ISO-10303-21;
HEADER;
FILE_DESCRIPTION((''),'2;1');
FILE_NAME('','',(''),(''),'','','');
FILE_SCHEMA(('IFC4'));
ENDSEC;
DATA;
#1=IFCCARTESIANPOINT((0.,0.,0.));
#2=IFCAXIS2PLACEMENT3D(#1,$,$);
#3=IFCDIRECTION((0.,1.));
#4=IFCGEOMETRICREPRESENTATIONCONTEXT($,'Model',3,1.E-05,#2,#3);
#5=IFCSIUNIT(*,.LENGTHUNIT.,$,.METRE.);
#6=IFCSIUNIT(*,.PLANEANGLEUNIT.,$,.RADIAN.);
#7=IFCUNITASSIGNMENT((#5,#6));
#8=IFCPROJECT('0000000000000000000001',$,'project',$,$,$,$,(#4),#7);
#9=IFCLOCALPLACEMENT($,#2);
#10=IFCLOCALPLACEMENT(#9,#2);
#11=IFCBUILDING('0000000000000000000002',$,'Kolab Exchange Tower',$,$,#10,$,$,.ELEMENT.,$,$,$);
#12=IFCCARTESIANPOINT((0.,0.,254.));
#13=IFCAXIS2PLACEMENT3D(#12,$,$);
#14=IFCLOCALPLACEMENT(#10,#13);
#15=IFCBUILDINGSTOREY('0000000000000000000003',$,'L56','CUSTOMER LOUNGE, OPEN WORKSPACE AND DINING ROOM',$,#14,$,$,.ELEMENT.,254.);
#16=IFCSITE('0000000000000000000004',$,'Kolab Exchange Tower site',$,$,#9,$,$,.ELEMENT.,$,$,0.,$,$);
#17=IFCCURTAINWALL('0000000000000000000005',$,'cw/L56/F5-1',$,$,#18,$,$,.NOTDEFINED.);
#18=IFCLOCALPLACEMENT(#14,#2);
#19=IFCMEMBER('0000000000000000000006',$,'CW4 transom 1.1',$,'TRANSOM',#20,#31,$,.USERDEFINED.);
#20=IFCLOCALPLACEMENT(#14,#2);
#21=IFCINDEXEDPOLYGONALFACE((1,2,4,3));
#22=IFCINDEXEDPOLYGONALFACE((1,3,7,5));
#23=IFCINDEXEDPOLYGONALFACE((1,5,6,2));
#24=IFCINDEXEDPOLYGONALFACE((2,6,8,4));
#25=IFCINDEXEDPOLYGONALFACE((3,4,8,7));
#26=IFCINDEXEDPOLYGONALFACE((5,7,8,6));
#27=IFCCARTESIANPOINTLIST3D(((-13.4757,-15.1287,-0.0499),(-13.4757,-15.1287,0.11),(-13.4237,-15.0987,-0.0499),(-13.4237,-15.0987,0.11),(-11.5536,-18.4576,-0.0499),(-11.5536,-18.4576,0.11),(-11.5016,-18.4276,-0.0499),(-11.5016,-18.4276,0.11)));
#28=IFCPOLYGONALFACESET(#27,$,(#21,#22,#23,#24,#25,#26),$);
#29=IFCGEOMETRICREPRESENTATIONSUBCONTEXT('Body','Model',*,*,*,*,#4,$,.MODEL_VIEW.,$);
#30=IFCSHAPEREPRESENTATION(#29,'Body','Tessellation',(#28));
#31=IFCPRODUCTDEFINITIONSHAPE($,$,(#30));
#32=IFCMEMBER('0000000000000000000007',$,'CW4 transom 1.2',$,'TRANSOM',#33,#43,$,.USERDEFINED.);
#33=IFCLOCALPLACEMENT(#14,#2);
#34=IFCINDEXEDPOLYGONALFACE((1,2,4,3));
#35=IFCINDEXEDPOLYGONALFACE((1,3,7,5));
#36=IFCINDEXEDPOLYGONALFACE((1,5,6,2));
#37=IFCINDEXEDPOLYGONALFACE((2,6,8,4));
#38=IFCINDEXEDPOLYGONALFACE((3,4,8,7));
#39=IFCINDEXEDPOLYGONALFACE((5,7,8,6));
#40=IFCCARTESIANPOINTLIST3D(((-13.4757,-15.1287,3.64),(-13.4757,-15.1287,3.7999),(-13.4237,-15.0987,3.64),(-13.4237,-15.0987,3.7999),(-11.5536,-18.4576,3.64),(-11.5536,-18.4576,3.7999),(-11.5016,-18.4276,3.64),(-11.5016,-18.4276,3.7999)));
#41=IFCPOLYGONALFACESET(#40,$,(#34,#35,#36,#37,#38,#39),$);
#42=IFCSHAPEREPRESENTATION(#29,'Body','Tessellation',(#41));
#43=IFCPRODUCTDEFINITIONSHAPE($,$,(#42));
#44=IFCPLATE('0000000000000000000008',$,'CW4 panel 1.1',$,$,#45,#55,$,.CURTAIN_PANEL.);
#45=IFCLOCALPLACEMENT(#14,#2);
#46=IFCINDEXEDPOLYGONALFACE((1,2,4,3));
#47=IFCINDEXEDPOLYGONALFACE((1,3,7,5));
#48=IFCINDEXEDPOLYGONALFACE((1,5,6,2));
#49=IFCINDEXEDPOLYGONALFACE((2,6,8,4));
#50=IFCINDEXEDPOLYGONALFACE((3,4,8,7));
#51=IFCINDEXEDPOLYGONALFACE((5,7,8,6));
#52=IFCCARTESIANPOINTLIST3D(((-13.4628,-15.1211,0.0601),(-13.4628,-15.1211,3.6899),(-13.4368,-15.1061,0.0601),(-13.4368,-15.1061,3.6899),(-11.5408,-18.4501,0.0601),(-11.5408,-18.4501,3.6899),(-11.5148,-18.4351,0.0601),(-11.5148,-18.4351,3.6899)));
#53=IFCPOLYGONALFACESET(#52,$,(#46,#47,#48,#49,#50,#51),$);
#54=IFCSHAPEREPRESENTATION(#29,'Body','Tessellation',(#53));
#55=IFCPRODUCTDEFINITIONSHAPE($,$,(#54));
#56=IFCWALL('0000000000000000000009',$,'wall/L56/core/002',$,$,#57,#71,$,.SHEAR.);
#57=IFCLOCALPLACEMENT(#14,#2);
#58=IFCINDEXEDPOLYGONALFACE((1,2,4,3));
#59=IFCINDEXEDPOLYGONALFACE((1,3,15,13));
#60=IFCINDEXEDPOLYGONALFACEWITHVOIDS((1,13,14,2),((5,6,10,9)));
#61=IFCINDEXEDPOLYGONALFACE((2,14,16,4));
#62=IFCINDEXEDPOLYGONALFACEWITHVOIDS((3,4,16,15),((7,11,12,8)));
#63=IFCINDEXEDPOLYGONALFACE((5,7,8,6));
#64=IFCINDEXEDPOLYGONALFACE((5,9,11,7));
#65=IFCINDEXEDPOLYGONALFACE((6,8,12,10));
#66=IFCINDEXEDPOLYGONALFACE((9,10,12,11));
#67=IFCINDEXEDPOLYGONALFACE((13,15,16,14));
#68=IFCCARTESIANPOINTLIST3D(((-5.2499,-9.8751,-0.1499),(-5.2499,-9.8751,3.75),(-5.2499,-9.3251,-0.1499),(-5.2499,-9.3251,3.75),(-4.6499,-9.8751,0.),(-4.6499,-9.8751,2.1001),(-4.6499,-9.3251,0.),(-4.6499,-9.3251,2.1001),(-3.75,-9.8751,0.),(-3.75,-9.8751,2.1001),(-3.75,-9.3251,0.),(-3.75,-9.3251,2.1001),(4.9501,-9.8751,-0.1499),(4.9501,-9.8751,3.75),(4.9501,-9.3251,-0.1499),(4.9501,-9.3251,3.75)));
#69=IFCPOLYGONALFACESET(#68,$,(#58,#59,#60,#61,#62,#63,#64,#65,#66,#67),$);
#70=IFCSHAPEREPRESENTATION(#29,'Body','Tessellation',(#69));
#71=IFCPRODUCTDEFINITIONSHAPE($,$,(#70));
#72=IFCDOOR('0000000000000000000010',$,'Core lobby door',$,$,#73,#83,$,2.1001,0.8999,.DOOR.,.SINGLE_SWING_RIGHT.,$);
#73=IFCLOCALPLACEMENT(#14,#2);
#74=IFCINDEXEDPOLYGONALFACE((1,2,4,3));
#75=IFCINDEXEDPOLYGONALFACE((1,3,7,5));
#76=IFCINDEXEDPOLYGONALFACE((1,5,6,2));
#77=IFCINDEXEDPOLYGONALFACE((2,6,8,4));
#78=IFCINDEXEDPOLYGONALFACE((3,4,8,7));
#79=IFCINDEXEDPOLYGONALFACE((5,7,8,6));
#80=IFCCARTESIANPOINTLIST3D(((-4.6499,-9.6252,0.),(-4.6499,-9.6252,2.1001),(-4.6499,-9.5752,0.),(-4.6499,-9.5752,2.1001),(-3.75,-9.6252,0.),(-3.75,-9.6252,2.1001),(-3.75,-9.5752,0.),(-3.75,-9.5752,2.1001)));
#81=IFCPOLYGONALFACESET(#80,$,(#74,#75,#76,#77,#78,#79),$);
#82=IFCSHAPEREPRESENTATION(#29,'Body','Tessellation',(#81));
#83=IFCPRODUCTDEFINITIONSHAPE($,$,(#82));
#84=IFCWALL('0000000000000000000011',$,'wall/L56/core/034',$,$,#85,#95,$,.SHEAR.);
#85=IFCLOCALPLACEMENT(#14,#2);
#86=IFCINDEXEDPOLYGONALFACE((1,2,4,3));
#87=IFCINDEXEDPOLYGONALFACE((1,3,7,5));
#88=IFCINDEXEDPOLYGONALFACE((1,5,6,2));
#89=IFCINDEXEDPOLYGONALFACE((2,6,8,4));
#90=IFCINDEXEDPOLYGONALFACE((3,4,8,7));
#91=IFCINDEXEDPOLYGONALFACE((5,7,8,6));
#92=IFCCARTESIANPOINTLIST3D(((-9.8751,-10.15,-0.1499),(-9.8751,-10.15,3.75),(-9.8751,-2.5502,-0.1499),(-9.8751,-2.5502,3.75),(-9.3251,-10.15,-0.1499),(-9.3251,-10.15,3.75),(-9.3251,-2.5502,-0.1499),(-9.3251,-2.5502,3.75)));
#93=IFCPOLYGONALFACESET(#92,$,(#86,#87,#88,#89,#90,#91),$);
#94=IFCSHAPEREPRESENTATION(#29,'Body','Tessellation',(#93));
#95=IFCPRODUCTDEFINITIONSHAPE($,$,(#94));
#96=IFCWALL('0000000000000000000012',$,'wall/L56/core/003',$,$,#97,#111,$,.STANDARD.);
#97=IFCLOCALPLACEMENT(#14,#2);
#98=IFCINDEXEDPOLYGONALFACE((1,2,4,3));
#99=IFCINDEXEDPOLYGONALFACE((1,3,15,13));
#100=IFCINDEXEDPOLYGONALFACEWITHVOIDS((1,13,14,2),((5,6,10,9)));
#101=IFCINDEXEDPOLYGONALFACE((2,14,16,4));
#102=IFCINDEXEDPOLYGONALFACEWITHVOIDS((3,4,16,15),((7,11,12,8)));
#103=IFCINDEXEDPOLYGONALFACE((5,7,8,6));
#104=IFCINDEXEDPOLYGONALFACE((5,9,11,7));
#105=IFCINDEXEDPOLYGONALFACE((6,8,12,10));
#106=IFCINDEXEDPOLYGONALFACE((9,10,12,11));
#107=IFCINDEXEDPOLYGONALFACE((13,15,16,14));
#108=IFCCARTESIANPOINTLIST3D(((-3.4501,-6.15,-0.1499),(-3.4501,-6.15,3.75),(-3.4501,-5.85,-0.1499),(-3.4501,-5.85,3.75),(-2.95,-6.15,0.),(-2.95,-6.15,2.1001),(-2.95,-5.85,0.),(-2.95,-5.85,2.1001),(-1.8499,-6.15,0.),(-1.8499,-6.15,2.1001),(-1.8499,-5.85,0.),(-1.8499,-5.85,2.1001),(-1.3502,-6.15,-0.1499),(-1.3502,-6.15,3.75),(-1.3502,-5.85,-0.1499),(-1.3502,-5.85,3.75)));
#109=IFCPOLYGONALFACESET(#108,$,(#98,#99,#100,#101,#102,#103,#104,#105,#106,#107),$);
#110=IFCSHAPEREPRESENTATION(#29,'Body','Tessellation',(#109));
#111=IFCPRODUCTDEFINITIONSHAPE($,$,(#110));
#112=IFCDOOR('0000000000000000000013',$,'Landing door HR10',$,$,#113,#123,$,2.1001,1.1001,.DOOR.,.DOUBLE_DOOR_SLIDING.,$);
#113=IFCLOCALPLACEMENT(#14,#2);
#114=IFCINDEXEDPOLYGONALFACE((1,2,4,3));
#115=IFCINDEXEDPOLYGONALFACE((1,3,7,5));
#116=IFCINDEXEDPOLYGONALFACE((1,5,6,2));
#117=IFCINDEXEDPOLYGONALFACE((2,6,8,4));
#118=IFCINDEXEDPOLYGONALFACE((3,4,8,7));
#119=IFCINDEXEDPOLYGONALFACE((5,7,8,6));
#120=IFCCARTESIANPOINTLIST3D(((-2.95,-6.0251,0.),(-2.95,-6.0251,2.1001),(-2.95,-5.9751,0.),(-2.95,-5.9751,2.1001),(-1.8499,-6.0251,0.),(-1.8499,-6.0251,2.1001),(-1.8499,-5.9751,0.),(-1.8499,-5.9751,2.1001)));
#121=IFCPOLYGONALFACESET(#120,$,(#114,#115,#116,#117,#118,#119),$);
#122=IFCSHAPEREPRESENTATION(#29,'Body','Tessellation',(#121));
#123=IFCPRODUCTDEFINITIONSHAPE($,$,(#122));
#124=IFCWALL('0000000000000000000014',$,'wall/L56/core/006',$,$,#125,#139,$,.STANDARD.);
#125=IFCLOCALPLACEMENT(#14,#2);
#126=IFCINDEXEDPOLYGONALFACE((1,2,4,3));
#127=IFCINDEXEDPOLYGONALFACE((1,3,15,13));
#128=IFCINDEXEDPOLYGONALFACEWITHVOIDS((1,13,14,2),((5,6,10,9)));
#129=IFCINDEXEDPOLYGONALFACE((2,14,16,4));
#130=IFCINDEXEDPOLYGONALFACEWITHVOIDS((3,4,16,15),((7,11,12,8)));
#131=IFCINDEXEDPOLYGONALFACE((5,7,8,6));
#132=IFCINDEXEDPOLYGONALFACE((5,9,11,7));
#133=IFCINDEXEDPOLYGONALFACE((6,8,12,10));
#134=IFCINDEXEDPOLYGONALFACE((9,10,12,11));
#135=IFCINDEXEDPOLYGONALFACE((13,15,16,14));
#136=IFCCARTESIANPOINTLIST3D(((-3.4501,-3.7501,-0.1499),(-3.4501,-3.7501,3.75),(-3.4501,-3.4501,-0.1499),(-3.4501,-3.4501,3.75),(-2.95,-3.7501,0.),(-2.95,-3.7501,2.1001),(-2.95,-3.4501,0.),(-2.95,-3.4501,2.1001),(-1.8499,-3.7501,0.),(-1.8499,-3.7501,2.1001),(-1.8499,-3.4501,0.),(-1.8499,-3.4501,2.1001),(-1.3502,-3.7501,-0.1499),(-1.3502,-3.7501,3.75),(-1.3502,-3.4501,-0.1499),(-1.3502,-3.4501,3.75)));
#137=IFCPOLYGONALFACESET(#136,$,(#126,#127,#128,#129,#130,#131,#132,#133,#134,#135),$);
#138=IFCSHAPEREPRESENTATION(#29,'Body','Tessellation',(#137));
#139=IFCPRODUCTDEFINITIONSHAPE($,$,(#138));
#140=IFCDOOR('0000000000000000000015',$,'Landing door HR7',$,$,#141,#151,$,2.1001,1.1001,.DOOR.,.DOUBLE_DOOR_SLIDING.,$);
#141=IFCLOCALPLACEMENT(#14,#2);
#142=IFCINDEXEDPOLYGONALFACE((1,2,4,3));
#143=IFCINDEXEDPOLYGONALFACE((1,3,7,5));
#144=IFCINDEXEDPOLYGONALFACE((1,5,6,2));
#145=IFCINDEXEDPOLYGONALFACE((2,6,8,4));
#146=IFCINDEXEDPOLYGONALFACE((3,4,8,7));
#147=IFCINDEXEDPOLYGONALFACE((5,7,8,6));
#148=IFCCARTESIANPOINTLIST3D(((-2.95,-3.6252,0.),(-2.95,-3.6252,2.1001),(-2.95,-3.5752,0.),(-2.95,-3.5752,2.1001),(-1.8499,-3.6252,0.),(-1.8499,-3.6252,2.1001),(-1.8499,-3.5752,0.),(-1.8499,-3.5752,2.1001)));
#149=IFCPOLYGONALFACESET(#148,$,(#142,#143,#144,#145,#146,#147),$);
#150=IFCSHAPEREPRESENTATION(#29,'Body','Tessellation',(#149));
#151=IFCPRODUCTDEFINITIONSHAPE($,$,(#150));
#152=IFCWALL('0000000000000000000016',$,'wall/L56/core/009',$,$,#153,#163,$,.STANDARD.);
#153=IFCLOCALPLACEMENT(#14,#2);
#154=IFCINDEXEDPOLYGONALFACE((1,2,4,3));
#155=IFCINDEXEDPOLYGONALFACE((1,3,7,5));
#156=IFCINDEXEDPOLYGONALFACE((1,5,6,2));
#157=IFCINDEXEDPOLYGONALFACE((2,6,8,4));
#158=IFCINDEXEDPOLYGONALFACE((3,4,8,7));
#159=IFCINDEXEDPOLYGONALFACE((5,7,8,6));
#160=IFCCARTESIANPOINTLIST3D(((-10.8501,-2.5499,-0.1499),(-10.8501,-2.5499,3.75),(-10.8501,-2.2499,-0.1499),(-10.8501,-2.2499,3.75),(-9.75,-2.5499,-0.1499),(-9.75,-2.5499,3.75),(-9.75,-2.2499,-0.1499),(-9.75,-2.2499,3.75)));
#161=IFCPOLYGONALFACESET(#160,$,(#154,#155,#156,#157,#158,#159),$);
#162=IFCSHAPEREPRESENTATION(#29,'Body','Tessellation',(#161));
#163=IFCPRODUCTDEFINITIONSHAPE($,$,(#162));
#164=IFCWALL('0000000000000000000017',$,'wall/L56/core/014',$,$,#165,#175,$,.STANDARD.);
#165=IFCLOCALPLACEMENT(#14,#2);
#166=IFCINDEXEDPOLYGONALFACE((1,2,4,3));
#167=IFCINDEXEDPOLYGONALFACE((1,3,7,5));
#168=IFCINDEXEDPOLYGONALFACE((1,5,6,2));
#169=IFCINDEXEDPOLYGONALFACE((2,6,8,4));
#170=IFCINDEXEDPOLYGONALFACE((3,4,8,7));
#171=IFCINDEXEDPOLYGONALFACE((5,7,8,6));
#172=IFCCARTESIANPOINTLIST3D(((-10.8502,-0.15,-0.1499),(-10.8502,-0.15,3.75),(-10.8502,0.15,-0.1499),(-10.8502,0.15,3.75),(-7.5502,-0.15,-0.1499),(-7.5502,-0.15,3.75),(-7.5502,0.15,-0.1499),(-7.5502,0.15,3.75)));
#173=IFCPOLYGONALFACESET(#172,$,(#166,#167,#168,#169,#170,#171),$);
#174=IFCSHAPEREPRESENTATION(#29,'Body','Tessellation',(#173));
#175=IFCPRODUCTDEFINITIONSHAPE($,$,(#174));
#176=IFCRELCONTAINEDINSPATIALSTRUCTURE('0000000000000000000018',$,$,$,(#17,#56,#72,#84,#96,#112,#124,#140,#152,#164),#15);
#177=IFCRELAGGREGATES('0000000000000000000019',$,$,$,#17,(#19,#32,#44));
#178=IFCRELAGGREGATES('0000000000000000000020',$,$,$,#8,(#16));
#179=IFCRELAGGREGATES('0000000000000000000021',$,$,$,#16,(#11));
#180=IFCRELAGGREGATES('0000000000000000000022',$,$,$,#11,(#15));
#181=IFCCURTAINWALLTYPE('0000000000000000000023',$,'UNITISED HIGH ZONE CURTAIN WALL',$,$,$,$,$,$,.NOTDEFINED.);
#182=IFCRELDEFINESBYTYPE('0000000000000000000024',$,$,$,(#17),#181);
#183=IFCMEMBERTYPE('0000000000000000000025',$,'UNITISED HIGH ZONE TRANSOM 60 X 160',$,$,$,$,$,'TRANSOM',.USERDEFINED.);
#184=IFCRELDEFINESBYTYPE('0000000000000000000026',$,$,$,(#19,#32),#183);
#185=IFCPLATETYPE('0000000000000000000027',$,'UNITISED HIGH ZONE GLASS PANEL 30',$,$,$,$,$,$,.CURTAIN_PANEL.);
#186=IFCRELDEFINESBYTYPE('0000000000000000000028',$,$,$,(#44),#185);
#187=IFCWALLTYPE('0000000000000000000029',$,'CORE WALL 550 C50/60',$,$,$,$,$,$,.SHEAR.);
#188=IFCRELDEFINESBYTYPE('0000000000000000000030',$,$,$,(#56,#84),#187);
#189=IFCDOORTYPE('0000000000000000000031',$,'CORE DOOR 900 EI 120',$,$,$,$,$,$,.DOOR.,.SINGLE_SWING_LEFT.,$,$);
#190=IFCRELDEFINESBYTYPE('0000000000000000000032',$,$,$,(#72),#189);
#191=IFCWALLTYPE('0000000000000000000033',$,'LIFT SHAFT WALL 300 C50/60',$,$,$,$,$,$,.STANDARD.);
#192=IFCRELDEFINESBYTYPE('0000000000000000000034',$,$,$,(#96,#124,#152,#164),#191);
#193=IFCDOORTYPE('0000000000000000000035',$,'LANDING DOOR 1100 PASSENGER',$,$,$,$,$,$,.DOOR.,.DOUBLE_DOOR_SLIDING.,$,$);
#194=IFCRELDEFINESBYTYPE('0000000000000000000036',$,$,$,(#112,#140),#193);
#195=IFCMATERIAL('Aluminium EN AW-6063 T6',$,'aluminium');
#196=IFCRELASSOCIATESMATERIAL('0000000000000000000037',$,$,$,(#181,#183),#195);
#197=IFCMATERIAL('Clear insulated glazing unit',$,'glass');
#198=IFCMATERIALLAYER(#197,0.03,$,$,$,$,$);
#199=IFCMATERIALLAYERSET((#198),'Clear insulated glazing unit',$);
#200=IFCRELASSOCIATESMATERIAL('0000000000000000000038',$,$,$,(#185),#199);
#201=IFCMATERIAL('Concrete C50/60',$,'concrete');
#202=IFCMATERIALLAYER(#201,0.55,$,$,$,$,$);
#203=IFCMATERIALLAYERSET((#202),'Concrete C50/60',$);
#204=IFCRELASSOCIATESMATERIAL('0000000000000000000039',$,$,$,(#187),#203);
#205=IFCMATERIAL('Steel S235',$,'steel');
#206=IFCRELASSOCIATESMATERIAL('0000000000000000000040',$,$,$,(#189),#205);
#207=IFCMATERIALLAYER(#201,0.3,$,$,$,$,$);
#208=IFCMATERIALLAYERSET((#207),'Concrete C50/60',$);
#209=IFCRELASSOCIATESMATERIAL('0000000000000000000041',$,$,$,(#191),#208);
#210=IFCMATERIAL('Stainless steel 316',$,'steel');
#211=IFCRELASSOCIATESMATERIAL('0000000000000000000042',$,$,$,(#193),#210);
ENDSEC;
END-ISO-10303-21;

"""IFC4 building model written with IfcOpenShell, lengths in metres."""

from ifc_helpers import new_model, si_unit, direction, frame, frame_2d, origin, origin_2d, place, context, subcontext, project, spatial, rectangle, extrude, material, layer, layer_set, material_profile, profile_set, type_object, element, fill, aggregate, save


model = new_model("IFC4")

# Units and contexts
model_context = context("Model", 3, precision=1e-05, world=origin(), true_north=direction((0.0, 1.0)))
body_context = subcontext(model_context, "Body", "Model", "MODEL_VIEW")
ifc_project = project(units=[si_unit("LENGTHUNIT", "METRE"), si_unit("PLANEANGLEUNIT", "RADIAN")], contexts=[model_context])

# Site, building, storey
site_placement = place(None, origin())
site = spatial("IfcSite", under=ifc_project, at=site_placement, Name="Kolab Exchange Tower site", CompositionType="ELEMENT", RefElevation=0.0)
building_placement = place(site_placement, origin())
building = spatial("IfcBuilding", under=site, at=building_placement, Name="Kolab Exchange Tower", CompositionType="ELEMENT")
storey_placement = place(building_placement, frame((0.0, 0.0, 254.0)))
storey = spatial("IfcBuildingStorey", under=building, at=storey_placement, Name="L56", Description="CUSTOMER LOUNGE, OPEN WORKSPACE AND DINING ROOM", CompositionType="ELEMENT", Elevation=254.0)

# Curtain wall, members, plate
ifc_material_1 = material(Name="Aluminium EN AW-6063 T6", Category="aluminium")
curtain_wall_type = type_object("IfcCurtainWallType", Name="UNITISED HIGH ZONE CURTAIN WALL", PredefinedType="NOTDEFINED", material=ifc_material_1)
curtain_wall_placement = place(storey_placement, origin())
curtain_wall = element("IfcCurtainWall", 1, at=curtain_wall_placement, inside=storey, type_object=curtain_wall_type, Name="cw/L56/F5-1", PredefinedType="NOTDEFINED")
ifc_material_profile = material_profile(ifc_material_1, rectangle(XDim=0.0601, YDim=0.1599, at=origin_2d()), Name="RECT 60X160")
ifc_profile_set = profile_set([ifc_material_profile], Name="Aluminium EN AW-6063 T6")
member_type = type_object("IfcMemberType", Name="UNITISED HIGH ZONE TRANSOM 60 X 160", ElementType="TRANSOM", PredefinedType="USERDEFINED", material=ifc_profile_set)
member_1_placement = place(storey_placement, frame((-11.5276, -18.4426, 0.03), z_axis=(-0.500039, 0.866003, 0.0), x_axis=(-0.866003, -0.500039, 0.0)))
member_1 = element("IfcMember", 2, at=member_1_placement, type_object=member_type, Name="CW4 transom 1.1", ObjectType="TRANSOM", PredefinedType="USERDEFINED", context=body_context, shape_type="SweptSolid", body=[
    extrude(rectangle(XDim=0.0601, YDim=0.1599, at=origin_2d()), origin(), (0.0, 0.0, 1.0), 3.844),
])
member_2_placement = place(storey_placement, frame((-11.5276, -18.4426, 3.72), z_axis=(-0.500039, 0.866003, 0.0), x_axis=(-0.866003, -0.500039, 0.0)))
member_2 = element("IfcMember", 3, at=member_2_placement, type_object=member_type, Name="CW4 transom 1.2", ObjectType="TRANSOM", PredefinedType="USERDEFINED", context=body_context, shape_type="SweptSolid", body=[
    extrude(rectangle(XDim=0.0601, YDim=0.1599, at=origin_2d()), origin(), (0.0, 0.0, 1.0), 3.844),
])
ifc_material_2 = material(Name="Clear insulated glazing unit", Category="glass")
ifc_layer_1 = layer(ifc_material_2, 0.03)
ifc_layer_set_1 = layer_set([ifc_layer_1], Name="Clear insulated glazing unit")
plate_type = type_object("IfcPlateType", Name="UNITISED HIGH ZONE GLASS PANEL 30", PredefinedType="CURTAIN_PANEL", material=ifc_layer_set_1)
plate_placement = place(storey_placement, frame((-12.4888, -16.7781, 0.0601), z_axis=(0.0, 0.0, 1.0), x_axis=(-0.5, 0.866025, 0.0)))
plate = element("IfcPlate", 4, at=plate_placement, type_object=plate_type, Name="CW4 panel 1.1", PredefinedType="CURTAIN_PANEL", context=body_context, shape_type="SweptSolid", body=[
    extrude(rectangle(XDim=3.844, YDim=0.03, at=origin_2d()), origin(), (0.0, 0.0, 1.0), 3.6299),
])
aggregate(curtain_wall, [member_1, member_2, plate])

# Wall, opening, door
ifc_material_3 = material(Name="Concrete C50/60", Category="concrete")
ifc_layer_2 = layer(ifc_material_3, 0.55)
ifc_layer_set_2 = layer_set([ifc_layer_2], Name="Concrete C50/60")
wall_type_1 = type_object("IfcWallType", Name="CORE WALL 550 C50/60", PredefinedType="SHEAR", material=ifc_layer_set_2)
wall_1_placement = place(storey_placement, frame((-5.25, -9.6001, -0.1499), z_axis=(0.0, 0.0, 1.0), x_axis=(1.0, 0.0, 0.0)))
wall_1 = element("IfcWall", 5, at=wall_1_placement, inside=storey, type_object=wall_type_1, Name="wall/L56/core/002", PredefinedType="SHEAR", context=body_context, shape_type="SweptSolid", body=[
    extrude(rectangle(XDim=10.2, YDim=0.55, at=frame_2d((5.1001, 0.0))), origin(), (0.0, 0.0, 1.0), 3.8999),
])
opening_1_placement = place(wall_1_placement, frame((0.6001, 0.0, 0.1499)))
opening_1 = element("IfcOpeningElement", 6, at=opening_1_placement, cuts=wall_1, PredefinedType="OPENING", context=body_context, shape_type="SweptSolid", body=[
    extrude(rectangle(XDim=0.8999, YDim=2.1001, at=frame_2d((0.45, 1.05))), frame((0.0, 0.2852, 0.0), z_axis=(0.0, -1.0, 0.0), x_axis=(1.0, 0.0, 0.0)), (0.0, 0.0, 1.0), 0.5701),
])
ifc_material_4 = material(Name="Steel S235", Category="steel")
door_type_1 = type_object("IfcDoorType", Name="CORE DOOR 900 EI 120", OperationType="SINGLE_SWING_LEFT", PredefinedType="DOOR", material=ifc_material_4)
door_1_placement = place(opening_1_placement, origin())
door_1 = element("IfcDoor", 7, at=door_1_placement, inside=storey, type_object=door_type_1, Name="Core lobby door", OperationType="SINGLE_SWING_RIGHT", OverallHeight=2.1001, OverallWidth=0.8999, PredefinedType="DOOR", context=body_context, shape_type="SweptSolid", body=[
    extrude(rectangle(XDim=0.8999, YDim=2.1001, at=frame_2d((0.45, 1.05))), frame((0.0, 0.0249, 0.0), z_axis=(0.0, -1.0, 0.0), x_axis=(1.0, 0.0, 0.0)), (0.0, 0.0, 1.0), 0.05),
])
fill(opening_1, door_1)

# Wall
wall_2_placement = place(storey_placement, frame((-9.6001, -10.1499, -0.1499), z_axis=(0.0, 0.0, 1.0), x_axis=(0.0, 1.0, 0.0)))
element("IfcWall", 8, at=wall_2_placement, inside=storey, type_object=wall_type_1, Name="wall/L56/core/034", PredefinedType="SHEAR", context=body_context, shape_type="SweptSolid", body=[
    extrude(rectangle(XDim=7.5999, YDim=0.55, at=frame_2d((3.7998, 0.0))), origin(), (0.0, 0.0, 1.0), 3.8999),
])

# Walls, openings, doors
ifc_layer_3 = layer(ifc_material_3, 0.3)
ifc_layer_set_3 = layer_set([ifc_layer_3], Name="Concrete C50/60")
wall_type_2 = type_object("IfcWallType", Name="LIFT SHAFT WALL 300 C50/60", PredefinedType="STANDARD", material=ifc_layer_set_3)
wall_3_placement = place(storey_placement, frame((-3.45, -6.0, -0.1499), z_axis=(0.0, 0.0, 1.0), x_axis=(1.0, 0.0, 0.0)))
wall_3 = element("IfcWall", 9, at=wall_3_placement, inside=storey, type_object=wall_type_2, Name="wall/L56/core/003", PredefinedType="STANDARD", context=body_context, shape_type="SweptSolid", body=[
    extrude(rectangle(XDim=2.0999, YDim=0.3, at=frame_2d((1.0498, 0.0))), origin(), (0.0, 0.0, 1.0), 3.8999),
])
opening_2_placement = place(wall_3_placement, frame((0.5, 0.0, 0.1499)))
opening_2 = element("IfcOpeningElement", 10, at=opening_2_placement, cuts=wall_3, PredefinedType="OPENING", context=body_context, shape_type="SweptSolid", body=[
    extrude(rectangle(XDim=1.1001, YDim=2.1001, at=frame_2d((0.55, 1.05))), frame((0.0, 0.1602, 0.0), z_axis=(0.0, -1.0, 0.0), x_axis=(1.0, 0.0, 0.0)), (0.0, 0.0, 1.0), 0.3201),
])
ifc_material_5 = material(Name="Stainless steel 316", Category="steel")
door_type_2 = type_object("IfcDoorType", Name="LANDING DOOR 1100 PASSENGER", OperationType="DOUBLE_DOOR_SLIDING", PredefinedType="DOOR", material=ifc_material_5)
door_2_placement = place(opening_2_placement, origin())
door_2 = element("IfcDoor", 11, at=door_2_placement, inside=storey, type_object=door_type_2, Name="Landing door HR10", OperationType="DOUBLE_DOOR_SLIDING", OverallHeight=2.1001, OverallWidth=1.1001, PredefinedType="DOOR", context=body_context, shape_type="SweptSolid", body=[
    extrude(rectangle(XDim=1.1001, YDim=2.1001, at=frame_2d((0.55, 1.05))), frame((0.0, 0.0249, 0.0), z_axis=(0.0, -1.0, 0.0), x_axis=(1.0, 0.0, 0.0)), (0.0, 0.0, 1.0), 0.05),
])
fill(opening_2, door_2)
wall_4_placement = place(storey_placement, frame((-3.45, -3.6001, -0.1499), z_axis=(0.0, 0.0, 1.0), x_axis=(1.0, 0.0, 0.0)))
wall_4 = element("IfcWall", 12, at=wall_4_placement, inside=storey, type_object=wall_type_2, Name="wall/L56/core/006", PredefinedType="STANDARD", context=body_context, shape_type="SweptSolid", body=[
    extrude(rectangle(XDim=2.0999, YDim=0.3, at=frame_2d((1.0498, 0.0))), origin(), (0.0, 0.0, 1.0), 3.8999),
])
opening_3_placement = place(wall_4_placement, frame((0.5, 0.0, 0.1499)))
opening_3 = element("IfcOpeningElement", 13, at=opening_3_placement, cuts=wall_4, PredefinedType="OPENING", context=body_context, shape_type="SweptSolid", body=[
    extrude(rectangle(XDim=1.1001, YDim=2.1001, at=frame_2d((0.55, 1.05))), frame((0.0, 0.1602, 0.0), z_axis=(0.0, -1.0, 0.0), x_axis=(1.0, 0.0, 0.0)), (0.0, 0.0, 1.0), 0.3201),
])
door_3_placement = place(opening_3_placement, origin())
door_3 = element("IfcDoor", 14, at=door_3_placement, inside=storey, type_object=door_type_2, Name="Landing door HR7", OperationType="DOUBLE_DOOR_SLIDING", OverallHeight=2.1001, OverallWidth=1.1001, PredefinedType="DOOR", context=body_context, shape_type="SweptSolid", body=[
    extrude(rectangle(XDim=1.1001, YDim=2.1001, at=frame_2d((0.55, 1.05))), frame((0.0, 0.0249, 0.0), z_axis=(0.0, -1.0, 0.0), x_axis=(1.0, 0.0, 0.0)), (0.0, 0.0, 1.0), 0.05),
])
fill(opening_3, door_3)

# Walls
wall_5_placement = place(storey_placement, frame((-10.8501, -2.3999, -0.1499), z_axis=(0.0, 0.0, 1.0), x_axis=(1.0, 0.0, 0.0)))
element("IfcWall", 15, at=wall_5_placement, inside=storey, type_object=wall_type_2, Name="wall/L56/core/009", PredefinedType="STANDARD", context=body_context, shape_type="SweptSolid", body=[
    extrude(rectangle(XDim=1.1001, YDim=0.3, at=frame_2d((0.55, 0.0))), origin(), (0.0, 0.0, 1.0), 3.8999),
])
wall_6_placement = place(storey_placement, frame((-10.8501, 0.0, -0.1499), z_axis=(0.0, 0.0, 1.0), x_axis=(1.0, 0.0, 0.0)))
element("IfcWall", 16, at=wall_6_placement, inside=storey, type_object=wall_type_2, Name="wall/L56/core/014", PredefinedType="STANDARD", context=body_context, shape_type="SweptSolid", body=[
    extrude(rectangle(XDim=3.3, YDim=0.3, at=frame_2d((1.6499, 0.0))), origin(), (0.0, 0.0, 1.0), 3.8999),
])

save(model, "model.ifc")
